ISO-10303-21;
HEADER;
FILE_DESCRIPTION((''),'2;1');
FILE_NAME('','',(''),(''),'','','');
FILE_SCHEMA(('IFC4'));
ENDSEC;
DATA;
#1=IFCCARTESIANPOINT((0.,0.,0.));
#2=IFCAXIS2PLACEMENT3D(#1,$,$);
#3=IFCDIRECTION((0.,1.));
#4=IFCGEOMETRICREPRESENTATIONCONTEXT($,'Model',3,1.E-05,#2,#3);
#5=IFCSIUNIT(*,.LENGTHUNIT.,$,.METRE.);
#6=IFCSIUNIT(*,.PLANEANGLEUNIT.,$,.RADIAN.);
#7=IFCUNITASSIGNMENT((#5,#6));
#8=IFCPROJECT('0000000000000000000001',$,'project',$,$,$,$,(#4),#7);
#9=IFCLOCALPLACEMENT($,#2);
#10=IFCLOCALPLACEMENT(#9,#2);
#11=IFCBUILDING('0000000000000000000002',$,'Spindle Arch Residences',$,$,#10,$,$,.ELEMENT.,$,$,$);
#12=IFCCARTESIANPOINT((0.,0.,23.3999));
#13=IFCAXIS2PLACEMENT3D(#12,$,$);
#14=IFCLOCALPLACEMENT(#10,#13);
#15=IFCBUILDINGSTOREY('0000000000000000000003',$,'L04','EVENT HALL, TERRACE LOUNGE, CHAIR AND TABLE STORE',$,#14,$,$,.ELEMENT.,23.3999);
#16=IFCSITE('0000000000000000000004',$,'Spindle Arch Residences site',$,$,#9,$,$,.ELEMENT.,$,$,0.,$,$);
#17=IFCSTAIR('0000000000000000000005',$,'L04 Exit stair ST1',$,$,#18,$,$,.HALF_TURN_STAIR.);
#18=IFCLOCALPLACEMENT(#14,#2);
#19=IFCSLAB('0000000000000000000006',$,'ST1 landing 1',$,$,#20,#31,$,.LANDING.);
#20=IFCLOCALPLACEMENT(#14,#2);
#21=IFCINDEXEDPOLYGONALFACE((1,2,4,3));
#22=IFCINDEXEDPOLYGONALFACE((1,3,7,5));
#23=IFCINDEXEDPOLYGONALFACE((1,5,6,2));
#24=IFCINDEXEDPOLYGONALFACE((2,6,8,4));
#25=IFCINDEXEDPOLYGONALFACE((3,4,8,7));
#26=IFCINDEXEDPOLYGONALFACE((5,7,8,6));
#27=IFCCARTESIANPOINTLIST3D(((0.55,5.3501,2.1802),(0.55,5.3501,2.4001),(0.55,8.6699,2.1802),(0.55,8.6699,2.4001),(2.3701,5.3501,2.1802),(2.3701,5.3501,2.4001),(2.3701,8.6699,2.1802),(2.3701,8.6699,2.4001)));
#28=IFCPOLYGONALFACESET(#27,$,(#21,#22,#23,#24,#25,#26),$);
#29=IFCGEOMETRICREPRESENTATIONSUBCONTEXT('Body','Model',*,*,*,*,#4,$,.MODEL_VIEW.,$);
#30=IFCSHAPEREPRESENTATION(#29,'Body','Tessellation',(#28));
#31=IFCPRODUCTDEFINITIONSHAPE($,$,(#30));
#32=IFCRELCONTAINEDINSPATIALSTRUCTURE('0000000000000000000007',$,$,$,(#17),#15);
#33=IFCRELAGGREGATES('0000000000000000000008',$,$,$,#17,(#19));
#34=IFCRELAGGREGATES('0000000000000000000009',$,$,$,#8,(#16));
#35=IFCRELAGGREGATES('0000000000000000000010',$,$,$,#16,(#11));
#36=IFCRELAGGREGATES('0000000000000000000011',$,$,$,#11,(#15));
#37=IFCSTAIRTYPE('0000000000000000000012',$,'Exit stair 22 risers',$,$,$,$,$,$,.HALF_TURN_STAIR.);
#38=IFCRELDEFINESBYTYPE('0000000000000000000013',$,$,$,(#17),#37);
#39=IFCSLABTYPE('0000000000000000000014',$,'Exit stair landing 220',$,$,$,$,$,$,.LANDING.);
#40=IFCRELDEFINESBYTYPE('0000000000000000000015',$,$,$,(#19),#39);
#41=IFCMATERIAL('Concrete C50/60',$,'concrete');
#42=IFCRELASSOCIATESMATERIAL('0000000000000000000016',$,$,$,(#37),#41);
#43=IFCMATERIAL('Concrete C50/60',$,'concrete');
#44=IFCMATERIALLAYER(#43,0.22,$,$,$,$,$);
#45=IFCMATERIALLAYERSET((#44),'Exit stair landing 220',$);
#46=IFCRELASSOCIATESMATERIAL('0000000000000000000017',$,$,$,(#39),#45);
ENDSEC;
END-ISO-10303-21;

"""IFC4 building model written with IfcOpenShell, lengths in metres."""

from ifc_helpers import new_model, si_unit, direction, frame, origin, place, context, subcontext, project, spatial, polyline, outline, extrude, material, layer, layer_set, type_object, element, aggregate, save


model = new_model("IFC4")

# Units and contexts
model_context = context("Model", 3, precision=1e-05, world=origin(), true_north=direction((0.0, 1.0)))
body_context = subcontext(model_context, "Body", "Model", "MODEL_VIEW")
ifc_project = project(units=[si_unit("LENGTHUNIT", "METRE"), si_unit("PLANEANGLEUNIT", "RADIAN")], contexts=[model_context])

# Site, building, storey
site_placement = place(None, origin())
site = spatial("IfcSite", under=ifc_project, at=site_placement, Name="Spindle Arch Residences site", CompositionType="ELEMENT", RefElevation=0.0)
building_placement = place(site_placement, origin())
building = spatial("IfcBuilding", under=site, at=building_placement, Name="Spindle Arch Residences", CompositionType="ELEMENT")
storey_placement = place(building_placement, frame((0.0, 0.0, 23.3999)))
storey = spatial("IfcBuildingStorey", under=building, at=storey_placement, Name="L04", Description="EVENT HALL, TERRACE LOUNGE, CHAIR AND TABLE STORE", CompositionType="ELEMENT", Elevation=23.3999)

# Stair, slab
ifc_material_1 = material(Name="Concrete C50/60", Category="concrete")
stair_type = type_object("IfcStairType", Name="Exit stair 22 risers", PredefinedType="HALF_TURN_STAIR", material=ifc_material_1)
stair_1_placement = place(storey_placement, origin())
stair_1 = element("IfcStair", 1, at=stair_1_placement, inside=storey, type_object=stair_type, Name="L04 Exit stair ST1", PredefinedType="HALF_TURN_STAIR")
ifc_material_2 = material(Name="Concrete C50/60", Category="concrete")
ifc_layer_1 = layer(ifc_material_2, 0.22)
ifc_layer_set_1 = layer_set([ifc_layer_1], Name="Exit stair landing 220")
slab_type_1 = type_object("IfcSlabType", Name="Exit stair landing 220", PredefinedType="LANDING", material=ifc_layer_set_1)
slab_1_placement = place(storey_placement, frame((0.0, 0.0, 2.1802)))
slab_1 = element("IfcSlab", 2, at=slab_1_placement, type_object=slab_type_1, Name="ST1 landing 1", PredefinedType="LANDING", context=body_context, shape_type="SweptSolid", body=[
    extrude(outline(polyline([(2.3701, 8.6699), (0.55, 8.6699), (0.55, 5.3501), (2.3701, 5.3501), (2.3701, 8.6699)])), origin(), (0.0, 0.0, 1.0), 0.22),
])
aggregate(stair_1, [slab_1])

save(model, "model.ifc")
